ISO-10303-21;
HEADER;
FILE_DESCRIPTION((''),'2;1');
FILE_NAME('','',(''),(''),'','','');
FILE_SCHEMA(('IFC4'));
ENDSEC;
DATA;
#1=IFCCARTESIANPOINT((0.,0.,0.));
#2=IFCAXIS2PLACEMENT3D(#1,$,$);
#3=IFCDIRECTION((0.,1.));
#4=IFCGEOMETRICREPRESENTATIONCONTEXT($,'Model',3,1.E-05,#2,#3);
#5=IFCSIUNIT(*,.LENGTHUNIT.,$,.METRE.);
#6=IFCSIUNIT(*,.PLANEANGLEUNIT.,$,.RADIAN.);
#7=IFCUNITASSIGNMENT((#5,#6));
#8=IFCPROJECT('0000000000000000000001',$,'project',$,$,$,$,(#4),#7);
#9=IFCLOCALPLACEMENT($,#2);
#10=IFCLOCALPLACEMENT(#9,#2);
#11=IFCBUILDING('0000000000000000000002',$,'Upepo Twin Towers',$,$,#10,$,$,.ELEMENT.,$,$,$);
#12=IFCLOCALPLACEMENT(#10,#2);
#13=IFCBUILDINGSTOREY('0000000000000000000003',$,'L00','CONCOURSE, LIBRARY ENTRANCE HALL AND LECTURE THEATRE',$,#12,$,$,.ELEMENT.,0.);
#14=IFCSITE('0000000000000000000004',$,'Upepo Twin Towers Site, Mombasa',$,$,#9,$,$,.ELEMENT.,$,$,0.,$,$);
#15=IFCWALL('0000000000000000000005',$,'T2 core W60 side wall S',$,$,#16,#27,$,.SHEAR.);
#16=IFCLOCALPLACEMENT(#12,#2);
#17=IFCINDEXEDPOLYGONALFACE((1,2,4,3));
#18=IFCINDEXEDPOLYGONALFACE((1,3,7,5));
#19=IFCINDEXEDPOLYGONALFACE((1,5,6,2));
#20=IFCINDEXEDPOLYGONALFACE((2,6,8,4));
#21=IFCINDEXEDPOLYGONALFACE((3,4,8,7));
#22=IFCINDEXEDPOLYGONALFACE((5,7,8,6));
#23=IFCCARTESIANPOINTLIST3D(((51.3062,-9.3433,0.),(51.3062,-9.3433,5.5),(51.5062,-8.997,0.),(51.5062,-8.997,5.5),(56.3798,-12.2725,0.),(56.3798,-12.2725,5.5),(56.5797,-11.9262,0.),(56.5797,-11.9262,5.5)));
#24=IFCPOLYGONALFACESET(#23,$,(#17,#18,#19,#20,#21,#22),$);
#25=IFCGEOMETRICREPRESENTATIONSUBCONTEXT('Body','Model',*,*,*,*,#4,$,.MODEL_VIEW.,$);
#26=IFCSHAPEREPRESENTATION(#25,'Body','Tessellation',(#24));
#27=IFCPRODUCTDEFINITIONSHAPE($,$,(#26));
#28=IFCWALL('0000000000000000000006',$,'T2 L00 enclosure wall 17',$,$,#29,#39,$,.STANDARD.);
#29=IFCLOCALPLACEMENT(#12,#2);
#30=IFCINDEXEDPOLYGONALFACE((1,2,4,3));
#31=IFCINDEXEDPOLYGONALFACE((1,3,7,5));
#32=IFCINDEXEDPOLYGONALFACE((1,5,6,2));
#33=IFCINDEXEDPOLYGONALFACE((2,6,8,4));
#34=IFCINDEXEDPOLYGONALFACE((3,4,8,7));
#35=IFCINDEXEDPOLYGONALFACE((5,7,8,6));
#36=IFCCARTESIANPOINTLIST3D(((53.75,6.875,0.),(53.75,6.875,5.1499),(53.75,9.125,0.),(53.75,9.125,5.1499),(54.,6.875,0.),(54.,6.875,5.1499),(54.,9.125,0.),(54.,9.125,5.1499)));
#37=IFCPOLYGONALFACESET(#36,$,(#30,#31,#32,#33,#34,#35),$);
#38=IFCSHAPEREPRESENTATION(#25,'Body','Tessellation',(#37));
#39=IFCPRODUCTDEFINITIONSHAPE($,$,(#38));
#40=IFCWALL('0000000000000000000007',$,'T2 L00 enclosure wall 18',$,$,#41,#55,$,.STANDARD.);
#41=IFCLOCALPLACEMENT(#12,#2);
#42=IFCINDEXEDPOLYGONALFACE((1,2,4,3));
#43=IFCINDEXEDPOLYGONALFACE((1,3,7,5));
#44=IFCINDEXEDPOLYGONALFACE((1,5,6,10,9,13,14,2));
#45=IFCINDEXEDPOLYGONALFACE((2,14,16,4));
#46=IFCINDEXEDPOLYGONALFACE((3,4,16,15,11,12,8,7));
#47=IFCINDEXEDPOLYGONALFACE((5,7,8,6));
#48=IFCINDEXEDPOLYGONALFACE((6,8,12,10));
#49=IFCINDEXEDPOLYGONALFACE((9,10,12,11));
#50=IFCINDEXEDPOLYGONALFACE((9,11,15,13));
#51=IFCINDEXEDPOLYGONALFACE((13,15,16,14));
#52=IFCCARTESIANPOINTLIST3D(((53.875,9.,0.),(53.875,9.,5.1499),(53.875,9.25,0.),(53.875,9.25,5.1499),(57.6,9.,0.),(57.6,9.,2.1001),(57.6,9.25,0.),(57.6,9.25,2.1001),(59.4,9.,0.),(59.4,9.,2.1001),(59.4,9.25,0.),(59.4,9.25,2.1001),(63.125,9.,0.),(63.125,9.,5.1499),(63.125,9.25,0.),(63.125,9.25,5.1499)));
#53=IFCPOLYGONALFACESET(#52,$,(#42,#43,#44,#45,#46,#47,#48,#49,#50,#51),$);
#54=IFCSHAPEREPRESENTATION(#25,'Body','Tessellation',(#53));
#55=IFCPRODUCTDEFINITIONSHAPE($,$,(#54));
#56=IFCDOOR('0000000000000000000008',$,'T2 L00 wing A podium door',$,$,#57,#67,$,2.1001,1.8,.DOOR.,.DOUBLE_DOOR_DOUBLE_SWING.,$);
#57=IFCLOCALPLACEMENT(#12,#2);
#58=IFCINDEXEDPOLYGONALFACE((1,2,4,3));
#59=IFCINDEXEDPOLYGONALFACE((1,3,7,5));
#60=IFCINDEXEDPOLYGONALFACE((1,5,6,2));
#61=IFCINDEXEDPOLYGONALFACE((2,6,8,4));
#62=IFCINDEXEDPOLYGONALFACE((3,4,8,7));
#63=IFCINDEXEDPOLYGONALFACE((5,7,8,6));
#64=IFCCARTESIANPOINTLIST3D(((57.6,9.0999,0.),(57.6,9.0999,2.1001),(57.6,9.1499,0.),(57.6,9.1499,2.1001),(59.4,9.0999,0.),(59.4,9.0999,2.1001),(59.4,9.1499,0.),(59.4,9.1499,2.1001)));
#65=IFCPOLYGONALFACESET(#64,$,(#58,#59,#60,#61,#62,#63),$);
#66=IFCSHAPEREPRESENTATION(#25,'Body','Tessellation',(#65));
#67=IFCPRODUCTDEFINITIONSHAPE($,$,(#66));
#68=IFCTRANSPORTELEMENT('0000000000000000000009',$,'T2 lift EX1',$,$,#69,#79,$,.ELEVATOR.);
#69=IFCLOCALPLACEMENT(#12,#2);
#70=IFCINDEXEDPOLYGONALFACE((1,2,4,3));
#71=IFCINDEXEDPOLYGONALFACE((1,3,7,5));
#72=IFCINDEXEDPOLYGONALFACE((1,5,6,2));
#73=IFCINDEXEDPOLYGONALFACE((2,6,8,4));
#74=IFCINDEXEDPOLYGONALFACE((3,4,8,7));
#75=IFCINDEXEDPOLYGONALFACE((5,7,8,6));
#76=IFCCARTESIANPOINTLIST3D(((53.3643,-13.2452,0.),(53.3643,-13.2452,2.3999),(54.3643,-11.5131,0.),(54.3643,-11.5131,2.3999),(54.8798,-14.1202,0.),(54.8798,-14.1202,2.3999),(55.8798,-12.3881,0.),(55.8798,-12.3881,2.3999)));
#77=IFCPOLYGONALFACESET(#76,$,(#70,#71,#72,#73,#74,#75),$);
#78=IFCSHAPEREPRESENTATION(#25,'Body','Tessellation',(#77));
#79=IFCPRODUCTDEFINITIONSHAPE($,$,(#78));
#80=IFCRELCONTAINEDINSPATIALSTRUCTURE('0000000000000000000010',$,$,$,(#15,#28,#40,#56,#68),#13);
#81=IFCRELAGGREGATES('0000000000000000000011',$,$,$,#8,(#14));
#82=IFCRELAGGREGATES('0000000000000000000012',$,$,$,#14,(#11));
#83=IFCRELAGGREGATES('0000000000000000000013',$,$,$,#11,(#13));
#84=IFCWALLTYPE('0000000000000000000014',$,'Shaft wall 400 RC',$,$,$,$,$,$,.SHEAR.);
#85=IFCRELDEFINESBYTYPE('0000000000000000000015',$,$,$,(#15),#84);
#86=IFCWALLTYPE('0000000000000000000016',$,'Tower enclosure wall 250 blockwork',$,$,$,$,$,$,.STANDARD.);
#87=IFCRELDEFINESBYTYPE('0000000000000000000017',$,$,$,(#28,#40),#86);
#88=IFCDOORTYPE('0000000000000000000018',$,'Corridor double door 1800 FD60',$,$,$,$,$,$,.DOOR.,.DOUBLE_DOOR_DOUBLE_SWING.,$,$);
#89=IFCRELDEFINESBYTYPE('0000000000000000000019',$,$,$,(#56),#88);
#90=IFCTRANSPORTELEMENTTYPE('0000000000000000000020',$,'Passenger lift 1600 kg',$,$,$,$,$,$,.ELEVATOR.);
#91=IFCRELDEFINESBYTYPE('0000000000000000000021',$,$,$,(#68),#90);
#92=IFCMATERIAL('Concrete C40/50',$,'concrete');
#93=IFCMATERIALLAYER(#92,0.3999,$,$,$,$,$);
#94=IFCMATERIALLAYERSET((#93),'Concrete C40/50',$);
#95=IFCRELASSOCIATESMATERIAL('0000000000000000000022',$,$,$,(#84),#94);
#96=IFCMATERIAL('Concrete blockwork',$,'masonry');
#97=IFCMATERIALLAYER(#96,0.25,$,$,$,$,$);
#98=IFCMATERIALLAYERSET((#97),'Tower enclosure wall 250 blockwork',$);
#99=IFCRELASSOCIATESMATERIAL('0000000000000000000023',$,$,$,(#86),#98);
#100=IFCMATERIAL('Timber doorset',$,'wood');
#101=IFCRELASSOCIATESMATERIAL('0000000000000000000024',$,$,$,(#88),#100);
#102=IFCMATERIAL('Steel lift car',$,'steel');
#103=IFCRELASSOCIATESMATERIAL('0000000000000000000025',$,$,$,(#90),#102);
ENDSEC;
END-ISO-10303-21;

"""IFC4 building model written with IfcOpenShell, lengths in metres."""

from ifc_helpers import new_model, si_unit, direction, frame, frame_2d, origin, origin_2d, place, context, subcontext, project, spatial, rectangle, extrude, material, layer, layer_set, type_object, element, fill, save


model = new_model("IFC4")

# Units and contexts
model_context = context("Model", 3, precision=1e-05, world=origin(), true_north=direction((0.0, 1.0)))
body_context = subcontext(model_context, "Body", "Model", "MODEL_VIEW")
ifc_project = project(units=[si_unit("LENGTHUNIT", "METRE"), si_unit("PLANEANGLEUNIT", "RADIAN")], contexts=[model_context])

# Site, building, storey
site_placement = place(None, origin())
site = spatial("IfcSite", under=ifc_project, at=site_placement, Name="Upepo Twin Towers Site, Mombasa", CompositionType="ELEMENT", RefElevation=0.0)
building_placement = place(site_placement, origin())
building = spatial("IfcBuilding", under=site, at=building_placement, Name="Upepo Twin Towers", CompositionType="ELEMENT")
storey_placement = place(building_placement, origin())
storey = spatial("IfcBuildingStorey", under=building, at=storey_placement, Name="L00", Description="CONCOURSE, LIBRARY ENTRANCE HALL AND LECTURE THEATRE", CompositionType="ELEMENT", Elevation=0.0)

# Walls
ifc_material_1 = material(Name="Concrete C40/50", Category="concrete")
ifc_layer_1 = layer(ifc_material_1, 0.3999)
ifc_layer_set_1 = layer_set([ifc_layer_1], Name="Concrete C40/50")
wall_type_1 = type_object("IfcWallType", Name="Shaft wall 400 RC", PredefinedType="SHEAR", material=ifc_layer_set_1)
wall_1_placement = place(storey_placement, frame((56.4797, -12.0994, 0.0), z_axis=(0.0, 0.0, 1.0), x_axis=(-0.866024, 0.500003, 0.0)))
element("IfcWall", 1, at=wall_1_placement, inside=storey, type_object=wall_type_1, Name="T2 core W60 side wall S", PredefinedType="SHEAR", context=body_context, shape_type="SweptSolid", body=[
    extrude(rectangle(XDim=5.8584, YDim=0.3999, at=frame_2d((2.9292, 0.0))), origin(), (0.0, 0.0, 1.0), 5.5),
])
ifc_material_2 = material(Name="Concrete blockwork", Category="masonry")
ifc_layer_2 = layer(ifc_material_2, 0.25)
ifc_layer_set_2 = layer_set([ifc_layer_2], Name="Tower enclosure wall 250 blockwork")
wall_type_2 = type_object("IfcWallType", Name="Tower enclosure wall 250 blockwork", PredefinedType="STANDARD", material=ifc_layer_set_2)
wall_2_placement = place(storey_placement, frame((53.875, 6.875, 0.0), z_axis=(0.0, 0.0, 1.0), x_axis=(0.0, 1.0, 0.0)))
element("IfcWall", 2, at=wall_2_placement, inside=storey, type_object=wall_type_2, Name="T2 L00 enclosure wall 17", PredefinedType="STANDARD", context=body_context, shape_type="SweptSolid", body=[
    extrude(rectangle(XDim=2.25, YDim=0.25, at=frame_2d((1.125, 0.0))), origin(), (0.0, 0.0, 1.0), 5.1499),
])

# Wall, opening, door
wall_3_placement = place(storey_placement, frame((53.875, 9.125, 0.0), z_axis=(0.0, 0.0, 1.0), x_axis=(1.0, 0.0, 0.0)))
wall_3 = element("IfcWall", 3, at=wall_3_placement, inside=storey, type_object=wall_type_2, Name="T2 L00 enclosure wall 18", PredefinedType="STANDARD", context=body_context, shape_type="SweptSolid", body=[
    extrude(rectangle(XDim=9.25, YDim=0.25, at=frame_2d((4.625, 0.0))), origin(), (0.0, 0.0, 1.0), 5.1499),
])
opening_1_placement = place(wall_3_placement, frame((3.7251, 0.0, 0.0)))
opening_1 = element("IfcOpeningElement", 4, at=opening_1_placement, cuts=wall_3, PredefinedType="OPENING", context=body_context, shape_type="SweptSolid", body=[
    extrude(rectangle(XDim=1.8, YDim=2.1001, at=frame_2d((0.8999, 1.05))), frame((0.0, 0.135, 0.0), z_axis=(0.0, -1.0, 0.0), x_axis=(1.0, 0.0, 0.0)), (0.0, 0.0, 1.0), 0.27),
])
ifc_material_3 = material(Name="Timber doorset", Category="wood")
door_type_1 = type_object("IfcDoorType", Name="Corridor double door 1800 FD60", OperationType="DOUBLE_DOOR_DOUBLE_SWING", PredefinedType="DOOR", material=ifc_material_3)
door_1_placement = place(opening_1_placement, origin())
door_1 = element("IfcDoor", 5, at=door_1_placement, inside=storey, type_object=door_type_1, Name="T2 L00 wing A podium door", OperationType="DOUBLE_DOOR_DOUBLE_SWING", OverallHeight=2.1001, OverallWidth=1.8, PredefinedType="DOOR", context=body_context, shape_type="SweptSolid", body=[
    extrude(rectangle(XDim=1.8, YDim=2.1001, at=frame_2d((0.8999, 1.05))), frame((0.0, 0.0249, 0.0), z_axis=(0.0, -1.0, 0.0), x_axis=(1.0, 0.0, 0.0)), (0.0, 0.0, 1.0), 0.05),
])
fill(opening_1, door_1)

# Transport element
ifc_material_4 = material(Name="Steel lift car", Category="steel")
transport_element_type = type_object("IfcTransportElementType", Name="Passenger lift 1600 kg", PredefinedType="ELEVATOR", material=ifc_material_4)
transport_element_placement = place(storey_placement, frame((54.6221, -12.8167, 0.0), z_axis=(0.0, 0.0, 1.0), x_axis=(0.5, 0.866025, 0.0)))
element("IfcTransportElement", 6, at=transport_element_placement, inside=storey, type_object=transport_element_type, Name="T2 lift EX1", PredefinedType="ELEVATOR", context=body_context, shape_type="SweptSolid", body=[
    extrude(rectangle(XDim=2.0, YDim=1.75, at=origin_2d()), origin(), (0.0, 0.0, 1.0), 2.3999),
])

save(model, "model.ifc")
